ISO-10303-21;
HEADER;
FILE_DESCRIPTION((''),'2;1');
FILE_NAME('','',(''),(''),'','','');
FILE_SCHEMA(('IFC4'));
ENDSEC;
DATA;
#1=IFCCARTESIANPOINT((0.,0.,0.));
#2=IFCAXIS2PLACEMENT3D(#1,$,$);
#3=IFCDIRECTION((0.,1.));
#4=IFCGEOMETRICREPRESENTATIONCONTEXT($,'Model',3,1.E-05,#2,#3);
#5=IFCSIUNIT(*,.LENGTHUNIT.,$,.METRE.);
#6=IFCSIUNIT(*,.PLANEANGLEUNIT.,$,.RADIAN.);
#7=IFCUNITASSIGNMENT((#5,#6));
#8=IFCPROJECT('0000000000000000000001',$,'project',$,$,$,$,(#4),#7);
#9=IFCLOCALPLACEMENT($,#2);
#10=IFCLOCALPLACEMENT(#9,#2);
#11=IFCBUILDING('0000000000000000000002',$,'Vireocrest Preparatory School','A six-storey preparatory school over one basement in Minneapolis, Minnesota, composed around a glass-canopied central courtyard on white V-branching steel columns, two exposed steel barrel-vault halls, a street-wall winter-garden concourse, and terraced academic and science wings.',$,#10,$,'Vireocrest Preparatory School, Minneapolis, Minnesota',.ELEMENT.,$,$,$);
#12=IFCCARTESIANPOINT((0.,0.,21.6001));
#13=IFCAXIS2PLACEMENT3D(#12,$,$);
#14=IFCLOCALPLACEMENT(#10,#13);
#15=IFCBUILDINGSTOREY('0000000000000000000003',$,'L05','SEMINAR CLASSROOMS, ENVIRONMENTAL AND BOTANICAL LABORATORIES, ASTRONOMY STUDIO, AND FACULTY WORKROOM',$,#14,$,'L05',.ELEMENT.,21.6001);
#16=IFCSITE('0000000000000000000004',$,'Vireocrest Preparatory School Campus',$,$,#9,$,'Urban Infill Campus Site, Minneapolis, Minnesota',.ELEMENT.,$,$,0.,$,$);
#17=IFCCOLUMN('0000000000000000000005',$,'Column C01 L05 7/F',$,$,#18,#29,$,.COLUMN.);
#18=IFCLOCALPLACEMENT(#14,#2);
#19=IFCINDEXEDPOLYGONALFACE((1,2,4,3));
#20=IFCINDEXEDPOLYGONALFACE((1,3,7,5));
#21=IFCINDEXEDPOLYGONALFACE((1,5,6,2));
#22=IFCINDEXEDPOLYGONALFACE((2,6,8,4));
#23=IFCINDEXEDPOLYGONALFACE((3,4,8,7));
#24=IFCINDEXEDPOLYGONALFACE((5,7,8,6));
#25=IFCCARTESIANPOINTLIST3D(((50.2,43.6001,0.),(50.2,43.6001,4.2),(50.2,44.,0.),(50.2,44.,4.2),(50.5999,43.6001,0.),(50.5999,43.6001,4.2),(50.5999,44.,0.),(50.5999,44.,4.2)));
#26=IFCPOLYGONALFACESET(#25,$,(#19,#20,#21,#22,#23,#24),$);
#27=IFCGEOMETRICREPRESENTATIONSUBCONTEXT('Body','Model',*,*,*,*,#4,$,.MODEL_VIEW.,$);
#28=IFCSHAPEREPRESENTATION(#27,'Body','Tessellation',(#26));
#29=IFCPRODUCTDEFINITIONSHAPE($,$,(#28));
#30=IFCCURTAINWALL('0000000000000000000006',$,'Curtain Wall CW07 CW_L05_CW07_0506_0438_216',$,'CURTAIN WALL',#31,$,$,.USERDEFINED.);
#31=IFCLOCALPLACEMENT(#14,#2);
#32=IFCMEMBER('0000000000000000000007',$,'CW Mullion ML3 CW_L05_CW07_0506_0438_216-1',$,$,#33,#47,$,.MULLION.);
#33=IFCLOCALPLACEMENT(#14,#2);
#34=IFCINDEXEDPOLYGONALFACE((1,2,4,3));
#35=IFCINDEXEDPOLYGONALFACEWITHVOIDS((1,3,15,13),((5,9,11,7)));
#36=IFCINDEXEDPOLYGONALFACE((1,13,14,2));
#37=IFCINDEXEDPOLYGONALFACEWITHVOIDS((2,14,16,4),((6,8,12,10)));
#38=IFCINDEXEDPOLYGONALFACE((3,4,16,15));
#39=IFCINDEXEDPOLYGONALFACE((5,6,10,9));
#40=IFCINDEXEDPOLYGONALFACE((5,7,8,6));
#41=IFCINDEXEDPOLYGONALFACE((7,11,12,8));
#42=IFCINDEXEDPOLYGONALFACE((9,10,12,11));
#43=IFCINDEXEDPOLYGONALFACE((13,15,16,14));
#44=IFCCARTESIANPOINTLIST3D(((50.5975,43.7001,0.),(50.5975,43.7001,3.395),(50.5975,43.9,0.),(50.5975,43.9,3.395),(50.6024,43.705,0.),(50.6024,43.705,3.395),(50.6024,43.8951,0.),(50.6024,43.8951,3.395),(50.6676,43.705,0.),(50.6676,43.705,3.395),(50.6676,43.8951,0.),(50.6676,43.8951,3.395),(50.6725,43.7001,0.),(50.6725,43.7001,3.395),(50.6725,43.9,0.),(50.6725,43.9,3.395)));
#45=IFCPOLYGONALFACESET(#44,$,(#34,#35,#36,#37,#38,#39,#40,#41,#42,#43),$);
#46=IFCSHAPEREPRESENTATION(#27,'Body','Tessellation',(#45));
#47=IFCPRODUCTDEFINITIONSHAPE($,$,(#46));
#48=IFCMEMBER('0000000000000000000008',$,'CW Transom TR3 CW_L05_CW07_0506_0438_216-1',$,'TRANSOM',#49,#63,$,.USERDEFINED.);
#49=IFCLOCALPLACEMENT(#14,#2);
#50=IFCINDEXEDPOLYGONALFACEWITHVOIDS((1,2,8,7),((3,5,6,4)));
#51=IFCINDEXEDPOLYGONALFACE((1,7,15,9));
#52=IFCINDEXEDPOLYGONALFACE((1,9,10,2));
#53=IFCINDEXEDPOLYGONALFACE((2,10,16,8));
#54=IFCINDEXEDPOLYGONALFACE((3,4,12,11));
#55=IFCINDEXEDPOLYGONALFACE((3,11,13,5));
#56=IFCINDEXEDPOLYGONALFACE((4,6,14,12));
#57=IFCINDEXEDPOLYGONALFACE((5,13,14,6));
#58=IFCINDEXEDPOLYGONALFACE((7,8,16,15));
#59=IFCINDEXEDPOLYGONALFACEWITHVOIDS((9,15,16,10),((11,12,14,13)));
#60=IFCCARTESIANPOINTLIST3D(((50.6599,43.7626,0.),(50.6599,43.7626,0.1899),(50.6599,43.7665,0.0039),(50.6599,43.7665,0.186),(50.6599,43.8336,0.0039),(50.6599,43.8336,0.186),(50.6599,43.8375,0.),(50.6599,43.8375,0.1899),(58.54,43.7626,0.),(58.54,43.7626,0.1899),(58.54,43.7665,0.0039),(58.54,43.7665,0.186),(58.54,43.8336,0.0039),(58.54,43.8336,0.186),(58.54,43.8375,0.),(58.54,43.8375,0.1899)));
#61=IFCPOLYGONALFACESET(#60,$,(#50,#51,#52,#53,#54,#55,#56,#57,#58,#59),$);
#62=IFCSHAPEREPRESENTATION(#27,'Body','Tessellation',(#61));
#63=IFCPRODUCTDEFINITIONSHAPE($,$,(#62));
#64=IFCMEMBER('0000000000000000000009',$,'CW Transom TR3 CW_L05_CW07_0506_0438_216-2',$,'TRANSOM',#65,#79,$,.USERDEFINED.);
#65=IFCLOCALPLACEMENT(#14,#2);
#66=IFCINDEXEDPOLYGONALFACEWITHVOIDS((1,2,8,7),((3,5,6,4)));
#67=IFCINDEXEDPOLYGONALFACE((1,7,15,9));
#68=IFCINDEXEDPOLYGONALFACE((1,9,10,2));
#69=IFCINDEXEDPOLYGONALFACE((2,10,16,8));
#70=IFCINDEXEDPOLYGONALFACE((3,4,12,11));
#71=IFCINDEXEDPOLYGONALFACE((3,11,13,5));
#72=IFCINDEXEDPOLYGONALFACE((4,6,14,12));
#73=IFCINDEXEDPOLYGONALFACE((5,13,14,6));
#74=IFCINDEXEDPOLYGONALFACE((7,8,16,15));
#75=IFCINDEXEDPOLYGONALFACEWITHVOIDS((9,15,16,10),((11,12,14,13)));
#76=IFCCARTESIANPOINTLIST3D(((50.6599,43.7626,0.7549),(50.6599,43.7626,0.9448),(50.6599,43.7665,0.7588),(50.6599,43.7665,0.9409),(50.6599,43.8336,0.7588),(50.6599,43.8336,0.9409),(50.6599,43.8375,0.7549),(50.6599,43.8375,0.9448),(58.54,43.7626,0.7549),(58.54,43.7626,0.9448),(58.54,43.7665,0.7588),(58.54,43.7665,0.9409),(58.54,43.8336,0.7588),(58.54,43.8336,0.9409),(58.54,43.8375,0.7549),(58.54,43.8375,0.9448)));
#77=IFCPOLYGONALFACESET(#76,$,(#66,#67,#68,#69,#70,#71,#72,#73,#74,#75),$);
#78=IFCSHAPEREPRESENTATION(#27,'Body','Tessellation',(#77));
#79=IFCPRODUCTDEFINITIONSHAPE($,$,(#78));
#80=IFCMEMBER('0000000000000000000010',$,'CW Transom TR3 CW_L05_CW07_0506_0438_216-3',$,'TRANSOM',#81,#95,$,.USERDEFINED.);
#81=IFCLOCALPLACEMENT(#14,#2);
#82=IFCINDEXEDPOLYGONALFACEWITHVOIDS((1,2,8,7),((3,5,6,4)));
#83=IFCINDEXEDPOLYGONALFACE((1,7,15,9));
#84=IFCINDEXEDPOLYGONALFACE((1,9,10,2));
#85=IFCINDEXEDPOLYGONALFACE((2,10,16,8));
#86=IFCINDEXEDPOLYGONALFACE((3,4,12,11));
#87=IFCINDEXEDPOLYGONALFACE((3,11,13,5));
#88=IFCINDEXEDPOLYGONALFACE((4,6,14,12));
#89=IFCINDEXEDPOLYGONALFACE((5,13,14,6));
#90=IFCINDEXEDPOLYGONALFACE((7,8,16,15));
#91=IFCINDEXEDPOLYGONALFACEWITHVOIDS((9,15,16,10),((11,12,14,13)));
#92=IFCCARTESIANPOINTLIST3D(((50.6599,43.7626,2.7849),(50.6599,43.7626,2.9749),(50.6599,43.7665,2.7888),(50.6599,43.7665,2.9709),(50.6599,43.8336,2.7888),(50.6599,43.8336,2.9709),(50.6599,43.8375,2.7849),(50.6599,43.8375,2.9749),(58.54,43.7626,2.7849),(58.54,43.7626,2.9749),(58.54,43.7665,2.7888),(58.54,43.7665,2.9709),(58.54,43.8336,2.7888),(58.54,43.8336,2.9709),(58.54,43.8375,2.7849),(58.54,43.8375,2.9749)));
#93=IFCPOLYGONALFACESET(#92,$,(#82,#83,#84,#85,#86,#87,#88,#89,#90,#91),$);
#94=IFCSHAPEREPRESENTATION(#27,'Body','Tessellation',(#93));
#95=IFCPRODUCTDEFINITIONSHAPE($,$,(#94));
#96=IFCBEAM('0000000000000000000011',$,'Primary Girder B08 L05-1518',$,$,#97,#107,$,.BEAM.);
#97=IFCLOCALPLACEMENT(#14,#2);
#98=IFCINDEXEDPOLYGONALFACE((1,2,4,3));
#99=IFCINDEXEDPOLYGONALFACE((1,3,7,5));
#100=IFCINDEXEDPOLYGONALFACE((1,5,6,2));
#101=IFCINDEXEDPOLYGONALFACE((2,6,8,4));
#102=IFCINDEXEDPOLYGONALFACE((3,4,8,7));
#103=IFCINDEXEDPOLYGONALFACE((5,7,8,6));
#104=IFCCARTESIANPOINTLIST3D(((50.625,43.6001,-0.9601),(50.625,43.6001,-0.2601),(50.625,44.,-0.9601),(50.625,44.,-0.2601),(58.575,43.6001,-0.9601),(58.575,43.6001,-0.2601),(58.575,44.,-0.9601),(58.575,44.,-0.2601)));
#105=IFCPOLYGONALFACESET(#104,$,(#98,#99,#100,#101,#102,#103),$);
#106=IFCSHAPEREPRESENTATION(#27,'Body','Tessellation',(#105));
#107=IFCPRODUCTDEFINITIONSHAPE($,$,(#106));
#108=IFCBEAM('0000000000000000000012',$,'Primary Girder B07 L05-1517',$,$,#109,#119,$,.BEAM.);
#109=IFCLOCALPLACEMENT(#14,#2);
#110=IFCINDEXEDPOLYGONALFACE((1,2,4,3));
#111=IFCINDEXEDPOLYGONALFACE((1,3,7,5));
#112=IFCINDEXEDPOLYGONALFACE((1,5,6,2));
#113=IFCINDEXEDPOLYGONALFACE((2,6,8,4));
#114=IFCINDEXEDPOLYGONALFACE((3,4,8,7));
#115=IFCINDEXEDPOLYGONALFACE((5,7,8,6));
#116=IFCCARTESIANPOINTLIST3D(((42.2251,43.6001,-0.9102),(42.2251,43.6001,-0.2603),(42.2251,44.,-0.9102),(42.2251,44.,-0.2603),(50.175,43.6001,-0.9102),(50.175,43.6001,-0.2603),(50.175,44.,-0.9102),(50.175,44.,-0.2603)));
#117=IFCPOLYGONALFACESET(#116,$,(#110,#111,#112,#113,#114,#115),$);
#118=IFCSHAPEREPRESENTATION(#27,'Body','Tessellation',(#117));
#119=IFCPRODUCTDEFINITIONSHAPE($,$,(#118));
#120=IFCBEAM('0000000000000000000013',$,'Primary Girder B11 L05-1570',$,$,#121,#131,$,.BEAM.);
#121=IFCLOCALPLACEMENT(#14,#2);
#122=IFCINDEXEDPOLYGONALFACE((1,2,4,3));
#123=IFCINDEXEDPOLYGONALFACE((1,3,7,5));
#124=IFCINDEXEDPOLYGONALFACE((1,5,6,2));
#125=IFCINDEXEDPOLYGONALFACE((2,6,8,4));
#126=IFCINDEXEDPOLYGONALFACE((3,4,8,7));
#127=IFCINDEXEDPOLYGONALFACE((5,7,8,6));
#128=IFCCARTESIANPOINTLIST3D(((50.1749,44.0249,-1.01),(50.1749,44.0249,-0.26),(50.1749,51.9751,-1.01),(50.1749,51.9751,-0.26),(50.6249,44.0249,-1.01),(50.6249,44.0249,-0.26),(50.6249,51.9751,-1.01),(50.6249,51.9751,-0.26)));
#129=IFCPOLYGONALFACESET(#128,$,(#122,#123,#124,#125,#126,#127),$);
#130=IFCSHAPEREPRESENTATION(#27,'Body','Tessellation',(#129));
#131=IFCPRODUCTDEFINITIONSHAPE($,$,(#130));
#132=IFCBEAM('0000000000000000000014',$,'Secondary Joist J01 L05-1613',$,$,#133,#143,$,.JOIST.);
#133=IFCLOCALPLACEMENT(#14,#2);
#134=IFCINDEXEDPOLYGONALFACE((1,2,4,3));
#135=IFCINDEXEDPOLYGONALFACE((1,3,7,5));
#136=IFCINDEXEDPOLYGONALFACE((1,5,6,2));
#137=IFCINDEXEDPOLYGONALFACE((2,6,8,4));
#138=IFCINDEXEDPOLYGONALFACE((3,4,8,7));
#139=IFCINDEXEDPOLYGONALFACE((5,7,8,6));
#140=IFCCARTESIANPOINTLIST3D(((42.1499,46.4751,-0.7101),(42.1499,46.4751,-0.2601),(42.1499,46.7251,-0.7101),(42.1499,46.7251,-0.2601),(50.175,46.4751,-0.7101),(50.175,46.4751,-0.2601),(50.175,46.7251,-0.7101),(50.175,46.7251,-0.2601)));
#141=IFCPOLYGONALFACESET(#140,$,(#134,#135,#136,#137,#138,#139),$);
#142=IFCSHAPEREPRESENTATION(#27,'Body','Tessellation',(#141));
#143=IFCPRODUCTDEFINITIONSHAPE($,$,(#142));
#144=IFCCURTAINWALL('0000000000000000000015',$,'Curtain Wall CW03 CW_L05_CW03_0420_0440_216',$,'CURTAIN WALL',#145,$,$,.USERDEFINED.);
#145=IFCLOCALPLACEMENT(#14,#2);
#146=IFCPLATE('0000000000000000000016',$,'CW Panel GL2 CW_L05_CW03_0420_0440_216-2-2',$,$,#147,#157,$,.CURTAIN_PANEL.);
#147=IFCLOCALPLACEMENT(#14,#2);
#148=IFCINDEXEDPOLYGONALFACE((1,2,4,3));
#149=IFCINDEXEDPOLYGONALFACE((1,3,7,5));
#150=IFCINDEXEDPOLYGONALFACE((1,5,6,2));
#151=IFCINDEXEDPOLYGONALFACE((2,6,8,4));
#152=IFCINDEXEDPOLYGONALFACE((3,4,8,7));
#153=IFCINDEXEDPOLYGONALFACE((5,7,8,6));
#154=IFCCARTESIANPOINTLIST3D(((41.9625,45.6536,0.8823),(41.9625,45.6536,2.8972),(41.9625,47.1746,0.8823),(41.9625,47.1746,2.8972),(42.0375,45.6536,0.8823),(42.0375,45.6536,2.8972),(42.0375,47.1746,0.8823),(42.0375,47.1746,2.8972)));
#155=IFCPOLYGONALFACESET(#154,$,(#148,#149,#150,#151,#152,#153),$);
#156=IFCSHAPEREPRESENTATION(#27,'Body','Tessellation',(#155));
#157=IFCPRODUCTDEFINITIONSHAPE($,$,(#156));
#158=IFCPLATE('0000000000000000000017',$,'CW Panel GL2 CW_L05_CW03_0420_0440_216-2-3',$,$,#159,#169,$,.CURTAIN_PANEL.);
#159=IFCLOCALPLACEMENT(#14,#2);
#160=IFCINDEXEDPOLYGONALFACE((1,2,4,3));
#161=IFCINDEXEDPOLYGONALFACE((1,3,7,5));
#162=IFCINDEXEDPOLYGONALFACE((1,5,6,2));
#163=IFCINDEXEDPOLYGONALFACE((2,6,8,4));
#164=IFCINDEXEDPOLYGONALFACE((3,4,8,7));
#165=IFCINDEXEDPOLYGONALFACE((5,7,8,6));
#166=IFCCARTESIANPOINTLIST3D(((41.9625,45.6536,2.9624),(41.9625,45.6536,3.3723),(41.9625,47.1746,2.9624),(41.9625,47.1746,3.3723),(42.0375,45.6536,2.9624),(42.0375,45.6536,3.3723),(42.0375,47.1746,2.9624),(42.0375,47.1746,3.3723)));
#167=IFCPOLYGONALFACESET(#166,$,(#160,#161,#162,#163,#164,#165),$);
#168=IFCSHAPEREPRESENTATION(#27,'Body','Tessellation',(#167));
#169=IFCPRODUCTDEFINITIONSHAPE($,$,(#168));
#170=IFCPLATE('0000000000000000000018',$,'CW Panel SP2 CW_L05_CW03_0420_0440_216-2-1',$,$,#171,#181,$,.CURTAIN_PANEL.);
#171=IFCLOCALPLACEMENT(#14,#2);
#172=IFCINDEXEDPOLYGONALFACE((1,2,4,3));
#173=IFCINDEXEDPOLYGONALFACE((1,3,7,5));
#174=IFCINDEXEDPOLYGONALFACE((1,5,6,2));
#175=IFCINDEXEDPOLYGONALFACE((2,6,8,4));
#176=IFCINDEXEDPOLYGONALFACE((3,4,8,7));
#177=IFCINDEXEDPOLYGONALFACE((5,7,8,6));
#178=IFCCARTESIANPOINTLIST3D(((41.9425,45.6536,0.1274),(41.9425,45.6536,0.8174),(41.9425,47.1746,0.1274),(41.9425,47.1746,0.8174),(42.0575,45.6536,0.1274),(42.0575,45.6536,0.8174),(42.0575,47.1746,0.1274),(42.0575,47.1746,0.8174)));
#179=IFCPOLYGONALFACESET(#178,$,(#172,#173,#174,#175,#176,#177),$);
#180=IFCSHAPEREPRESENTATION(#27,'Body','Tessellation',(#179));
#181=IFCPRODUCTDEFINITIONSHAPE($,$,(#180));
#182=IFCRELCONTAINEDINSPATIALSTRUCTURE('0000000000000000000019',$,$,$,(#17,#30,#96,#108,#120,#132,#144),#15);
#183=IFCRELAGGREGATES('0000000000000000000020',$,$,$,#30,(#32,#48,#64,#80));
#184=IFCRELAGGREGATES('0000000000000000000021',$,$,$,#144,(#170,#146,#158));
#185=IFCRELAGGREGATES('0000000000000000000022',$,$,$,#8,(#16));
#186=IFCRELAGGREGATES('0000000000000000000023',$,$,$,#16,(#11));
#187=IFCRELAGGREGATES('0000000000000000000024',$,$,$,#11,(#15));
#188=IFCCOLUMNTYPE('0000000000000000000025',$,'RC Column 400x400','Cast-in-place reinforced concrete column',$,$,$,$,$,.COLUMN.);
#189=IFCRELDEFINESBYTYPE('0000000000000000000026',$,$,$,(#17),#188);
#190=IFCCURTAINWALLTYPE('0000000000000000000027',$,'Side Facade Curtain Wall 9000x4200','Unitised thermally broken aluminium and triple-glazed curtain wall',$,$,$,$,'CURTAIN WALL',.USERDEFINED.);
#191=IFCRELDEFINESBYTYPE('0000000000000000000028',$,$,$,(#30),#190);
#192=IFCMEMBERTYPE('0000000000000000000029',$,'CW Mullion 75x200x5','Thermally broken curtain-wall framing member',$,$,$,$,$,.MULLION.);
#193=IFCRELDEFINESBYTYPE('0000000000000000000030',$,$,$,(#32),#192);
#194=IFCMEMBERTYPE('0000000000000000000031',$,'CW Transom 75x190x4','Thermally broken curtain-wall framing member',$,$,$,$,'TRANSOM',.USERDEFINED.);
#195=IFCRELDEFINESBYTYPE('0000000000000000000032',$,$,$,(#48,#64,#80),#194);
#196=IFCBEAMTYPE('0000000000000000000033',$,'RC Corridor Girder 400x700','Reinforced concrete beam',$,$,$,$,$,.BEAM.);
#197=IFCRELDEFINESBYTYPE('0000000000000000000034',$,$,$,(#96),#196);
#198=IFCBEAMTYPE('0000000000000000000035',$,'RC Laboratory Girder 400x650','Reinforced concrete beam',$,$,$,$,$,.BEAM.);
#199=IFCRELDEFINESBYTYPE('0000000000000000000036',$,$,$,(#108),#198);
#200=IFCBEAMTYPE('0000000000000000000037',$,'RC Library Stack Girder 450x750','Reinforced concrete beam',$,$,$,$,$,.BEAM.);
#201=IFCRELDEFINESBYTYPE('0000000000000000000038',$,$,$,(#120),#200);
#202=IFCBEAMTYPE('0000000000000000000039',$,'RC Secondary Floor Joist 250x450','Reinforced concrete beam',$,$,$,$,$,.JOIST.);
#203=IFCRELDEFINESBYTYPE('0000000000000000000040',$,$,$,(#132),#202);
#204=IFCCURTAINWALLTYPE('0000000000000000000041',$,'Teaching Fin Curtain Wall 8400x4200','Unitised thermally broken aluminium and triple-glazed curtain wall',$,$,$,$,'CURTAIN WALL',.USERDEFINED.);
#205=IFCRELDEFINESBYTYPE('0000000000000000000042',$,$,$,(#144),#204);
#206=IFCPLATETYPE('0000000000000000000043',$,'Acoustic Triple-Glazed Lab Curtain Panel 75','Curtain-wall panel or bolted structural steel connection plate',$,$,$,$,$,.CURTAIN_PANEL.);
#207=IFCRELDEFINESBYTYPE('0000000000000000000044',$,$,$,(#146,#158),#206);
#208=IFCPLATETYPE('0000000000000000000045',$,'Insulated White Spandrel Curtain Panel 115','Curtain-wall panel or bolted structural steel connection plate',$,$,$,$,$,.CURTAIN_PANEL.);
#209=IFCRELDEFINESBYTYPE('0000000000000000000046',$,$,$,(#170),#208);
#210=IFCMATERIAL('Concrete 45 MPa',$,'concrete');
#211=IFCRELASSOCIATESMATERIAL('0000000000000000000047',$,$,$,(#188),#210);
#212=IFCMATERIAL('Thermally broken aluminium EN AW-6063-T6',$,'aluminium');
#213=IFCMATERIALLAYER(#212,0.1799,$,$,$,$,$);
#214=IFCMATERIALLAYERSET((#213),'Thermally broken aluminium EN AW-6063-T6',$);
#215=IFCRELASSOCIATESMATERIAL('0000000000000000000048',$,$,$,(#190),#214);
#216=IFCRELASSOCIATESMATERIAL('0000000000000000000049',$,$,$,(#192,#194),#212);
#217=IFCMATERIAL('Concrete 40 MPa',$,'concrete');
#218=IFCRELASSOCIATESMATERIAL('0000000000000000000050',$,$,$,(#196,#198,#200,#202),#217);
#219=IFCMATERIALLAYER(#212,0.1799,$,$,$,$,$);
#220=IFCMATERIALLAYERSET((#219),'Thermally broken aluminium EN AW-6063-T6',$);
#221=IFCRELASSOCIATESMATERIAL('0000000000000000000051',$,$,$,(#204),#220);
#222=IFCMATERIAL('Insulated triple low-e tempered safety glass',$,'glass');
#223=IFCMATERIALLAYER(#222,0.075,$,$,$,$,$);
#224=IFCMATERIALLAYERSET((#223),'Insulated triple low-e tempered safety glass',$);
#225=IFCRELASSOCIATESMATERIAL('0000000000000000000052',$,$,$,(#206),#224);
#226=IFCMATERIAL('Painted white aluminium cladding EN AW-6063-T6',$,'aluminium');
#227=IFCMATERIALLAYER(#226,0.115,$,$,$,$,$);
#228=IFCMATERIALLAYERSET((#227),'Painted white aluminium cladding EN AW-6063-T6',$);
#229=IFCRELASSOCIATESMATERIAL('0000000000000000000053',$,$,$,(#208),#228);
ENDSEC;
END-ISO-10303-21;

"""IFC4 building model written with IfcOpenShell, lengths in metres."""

from ifc_helpers import new_model, si_unit, direction, frame, origin, origin_2d, place, context, subcontext, project, spatial, rectangle, hollow_rectangle, extrude, material, layer, layer_set, material_profile, profile_set, type_object, element, aggregate, save


model = new_model("IFC4")

# Units and contexts
model_context = context("Model", 3, precision=1e-05, world=origin(), true_north=direction((0.0, 1.0)))
body_context = subcontext(model_context, "Body", "Model", "MODEL_VIEW")
ifc_project = project(units=[si_unit("LENGTHUNIT", "METRE"), si_unit("PLANEANGLEUNIT", "RADIAN")], contexts=[model_context])

# Site, building, storey
site_placement = place(None, origin())
site = spatial("IfcSite", under=ifc_project, at=site_placement, Name="Vireocrest Preparatory School Campus", LongName="Urban Infill Campus Site, Minneapolis, Minnesota", CompositionType="ELEMENT", RefElevation=0.0)
building_placement = place(site_placement, origin())
building = spatial("IfcBuilding", under=site, at=building_placement, Name="Vireocrest Preparatory School", Description="A six-storey preparatory school over one basement in Minneapolis, Minnesota, composed around a glass-canopied central courtyard on white V-branching steel columns, two exposed steel barrel-vault halls, a street-wall winter-garden concourse, and terraced academic and science wings.", LongName="Vireocrest Preparatory School, Minneapolis, Minnesota", CompositionType="ELEMENT")
storey_placement = place(building_placement, frame((0.0, 0.0, 21.6001)))
storey = spatial("IfcBuildingStorey", under=building, at=storey_placement, Name="L05", Description="SEMINAR CLASSROOMS, ENVIRONMENTAL AND BOTANICAL LABORATORIES, ASTRONOMY STUDIO, AND FACULTY WORKROOM", LongName="L05", CompositionType="ELEMENT", Elevation=21.6001)

# Column
ifc_material_1 = material(Name="Concrete 45 MPa", Category="concrete")
ifc_material_profile_1 = material_profile(ifc_material_1, rectangle(XDim=0.3999, YDim=0.3999, at=origin_2d()), Name="RC 400x400")
ifc_profile_set_1 = profile_set([ifc_material_profile_1], Name="Concrete 45 MPa")
column_type = type_object("IfcColumnType", Name="RC Column 400x400", Description="Cast-in-place reinforced concrete column", PredefinedType="COLUMN", material=ifc_profile_set_1)
column_placement = place(storey_placement, frame((50.3999, 43.8, 0.0), z_axis=(0.0, 0.0, 1.0), x_axis=(1.0, 0.0, 0.0)))
element("IfcColumn", 1, at=column_placement, inside=storey, type_object=column_type, Name="Column C01 L05 7/F", PredefinedType="COLUMN", context=body_context, shape_type="SweptSolid", body=[
    extrude(rectangle(XDim=0.3999, YDim=0.3999, at=origin_2d()), origin(), (0.0, 0.0, 1.0), 4.2),
])

# Curtain wall, members
ifc_material_2 = material(Name="Thermally broken aluminium EN AW-6063-T6", Category="aluminium")
ifc_layer_1 = layer(ifc_material_2, 0.1799)
ifc_layer_set_1 = layer_set([ifc_layer_1], Name="Thermally broken aluminium EN AW-6063-T6")
curtain_wall_type_1 = type_object("IfcCurtainWallType", Name="Side Facade Curtain Wall 9000x4200", Description="Unitised thermally broken aluminium and triple-glazed curtain wall", ElementType="CURTAIN WALL", PredefinedType="USERDEFINED", material=ifc_layer_set_1)
curtain_wall_1_placement = place(storey_placement, origin())
curtain_wall_1 = element("IfcCurtainWall", 2, at=curtain_wall_1_placement, inside=storey, type_object=curtain_wall_type_1, Name="Curtain Wall CW07 CW_L05_CW07_0506_0438_216", ObjectType="CURTAIN WALL", PredefinedType="USERDEFINED")
ifc_material_profile_2 = material_profile(ifc_material_2, hollow_rectangle(XDim=0.075, YDim=0.2, WallThickness=0.0049, at=origin_2d()), Name="ALU 75x200x5")
ifc_profile_set_2 = profile_set([ifc_material_profile_2], Name="Thermally broken aluminium EN AW-6063-T6")
member_type_1 = type_object("IfcMemberType", Name="CW Mullion 75x200x5", Description="Thermally broken curtain-wall framing member", PredefinedType="MULLION", material=ifc_profile_set_2)
member_1_placement = place(storey_placement, frame((50.635, 43.8, 0.0), z_axis=(0.0, 0.0, 1.0), x_axis=(1.0, 0.0, 0.0)))
member_1 = element("IfcMember", 3, at=member_1_placement, type_object=member_type_1, Name="CW Mullion ML3 CW_L05_CW07_0506_0438_216-1", PredefinedType="MULLION", context=body_context, shape_type="SweptSolid", body=[
    extrude(hollow_rectangle(XDim=0.075, YDim=0.2, WallThickness=0.0049, at=origin_2d()), origin(), (0.0, 0.0, 1.0), 3.395),
])
ifc_material_profile_3 = material_profile(ifc_material_2, hollow_rectangle(XDim=0.075, YDim=0.1899, WallThickness=0.0039, at=origin_2d()), Name="ALU 75x190x4")
ifc_profile_set_3 = profile_set([ifc_material_profile_3], Name="Thermally broken aluminium EN AW-6063-T6")
member_type_2 = type_object("IfcMemberType", Name="CW Transom 75x190x4", Description="Thermally broken curtain-wall framing member", ElementType="TRANSOM", PredefinedType="USERDEFINED", material=ifc_profile_set_3)
member_2_placement = place(storey_placement, frame((50.6599, 43.8, 0.095), z_axis=(1.0, 0.0, 0.0), x_axis=(0.0, 1.0, 0.0)))
member_2 = element("IfcMember", 4, at=member_2_placement, type_object=member_type_2, Name="CW Transom TR3 CW_L05_CW07_0506_0438_216-1", ObjectType="TRANSOM", PredefinedType="USERDEFINED", context=body_context, shape_type="SweptSolid", body=[
    extrude(hollow_rectangle(XDim=0.075, YDim=0.1899, WallThickness=0.0039, at=origin_2d()), origin(), (0.0, 0.0, 1.0), 7.8801),
])
member_3_placement = place(storey_placement, frame((50.6599, 43.8, 0.8499), z_axis=(1.0, 0.0, 0.0), x_axis=(0.0, 1.0, 0.0)))
member_3 = element("IfcMember", 5, at=member_3_placement, type_object=member_type_2, Name="CW Transom TR3 CW_L05_CW07_0506_0438_216-2", ObjectType="TRANSOM", PredefinedType="USERDEFINED", context=body_context, shape_type="SweptSolid", body=[
    extrude(hollow_rectangle(XDim=0.075, YDim=0.1899, WallThickness=0.0039, at=origin_2d()), origin(), (0.0, 0.0, 1.0), 7.8801),
])
member_4_placement = place(storey_placement, frame((50.6599, 43.8, 2.8799), z_axis=(1.0, 0.0, 0.0), x_axis=(0.0, 1.0, 0.0)))
member_4 = element("IfcMember", 6, at=member_4_placement, type_object=member_type_2, Name="CW Transom TR3 CW_L05_CW07_0506_0438_216-3", ObjectType="TRANSOM", PredefinedType="USERDEFINED", context=body_context, shape_type="SweptSolid", body=[
    extrude(hollow_rectangle(XDim=0.075, YDim=0.1899, WallThickness=0.0039, at=origin_2d()), origin(), (0.0, 0.0, 1.0), 7.8801),
])
aggregate(curtain_wall_1, [member_1, member_2, member_3, member_4])

# Beams
ifc_material_3 = material(Name="Concrete 40 MPa", Category="concrete")
ifc_material_profile_4 = material_profile(ifc_material_3, rectangle(XDim=0.3999, YDim=0.7, at=origin_2d()), Name="RC 400x700")
ifc_profile_set_4 = profile_set([ifc_material_profile_4], Name="Concrete 40 MPa")
beam_type_1 = type_object("IfcBeamType", Name="RC Corridor Girder 400x700", Description="Reinforced concrete beam", PredefinedType="BEAM", material=ifc_profile_set_4)
beam_1_placement = place(storey_placement, frame((50.625, 43.8, -0.6101), z_axis=(1.0, 0.0, 0.0), x_axis=(0.0, 1.0, 0.0)))
element("IfcBeam", 7, at=beam_1_placement, inside=storey, type_object=beam_type_1, Name="Primary Girder B08 L05-1518", PredefinedType="BEAM", context=body_context, shape_type="SweptSolid", body=[
    extrude(rectangle(XDim=0.3999, YDim=0.7, at=origin_2d()), origin(), (0.0, 0.0, 1.0), 7.95),
])
ifc_material_profile_5 = material_profile(ifc_material_3, rectangle(XDim=0.3999, YDim=0.6499, at=origin_2d()), Name="RC 400x650")
ifc_profile_set_5 = profile_set([ifc_material_profile_5], Name="Concrete 40 MPa")
beam_type_2 = type_object("IfcBeamType", Name="RC Laboratory Girder 400x650", Description="Reinforced concrete beam", PredefinedType="BEAM", material=ifc_profile_set_5)
beam_2_placement = place(storey_placement, frame((42.2251, 43.8, -0.5852), z_axis=(1.0, 0.0, 0.0), x_axis=(0.0, 1.0, 0.0)))
element("IfcBeam", 8, at=beam_2_placement, inside=storey, type_object=beam_type_2, Name="Primary Girder B07 L05-1517", PredefinedType="BEAM", context=body_context, shape_type="SweptSolid", body=[
    extrude(rectangle(XDim=0.3999, YDim=0.6499, at=origin_2d()), origin(), (0.0, 0.0, 1.0), 7.95),
])
ifc_material_profile_6 = material_profile(ifc_material_3, rectangle(XDim=0.45, YDim=0.75, at=origin_2d()), Name="RC 450x750")
ifc_profile_set_6 = profile_set([ifc_material_profile_6], Name="Concrete 40 MPa")
beam_type_3 = type_object("IfcBeamType", Name="RC Library Stack Girder 450x750", Description="Reinforced concrete beam", PredefinedType="BEAM", material=ifc_profile_set_6)
beam_3_placement = place(storey_placement, frame((50.3999, 44.0249, -0.635), z_axis=(0.0, 1.0, 0.0), x_axis=(-1.0, 0.0, 0.0)))
element("IfcBeam", 9, at=beam_3_placement, inside=storey, type_object=beam_type_3, Name="Primary Girder B11 L05-1570", PredefinedType="BEAM", context=body_context, shape_type="SweptSolid", body=[
    extrude(rectangle(XDim=0.45, YDim=0.75, at=origin_2d()), origin(), (0.0, 0.0, 1.0), 7.9502),
])
ifc_material_profile_7 = material_profile(ifc_material_3, rectangle(XDim=0.25, YDim=0.45, at=origin_2d()), Name="RC 250x450")
ifc_profile_set_7 = profile_set([ifc_material_profile_7], Name="Concrete 40 MPa")
beam_type_4 = type_object("IfcBeamType", Name="RC Secondary Floor Joist 250x450", Description="Reinforced concrete beam", PredefinedType="JOIST", material=ifc_profile_set_7)
beam_4_placement = place(storey_placement, frame((42.1499, 46.6001, -0.4851), z_axis=(1.0, 0.0, 0.0), x_axis=(0.0, 1.0, 0.0)))
element("IfcBeam", 10, at=beam_4_placement, inside=storey, type_object=beam_type_4, Name="Secondary Joist J01 L05-1613", PredefinedType="JOIST", context=body_context, shape_type="SweptSolid", body=[
    extrude(rectangle(XDim=0.25, YDim=0.45, at=origin_2d()), origin(), (0.0, 0.0, 1.0), 8.0251),
])

# Curtain wall, plates
ifc_layer_2 = layer(ifc_material_2, 0.1799)
ifc_layer_set_2 = layer_set([ifc_layer_2], Name="Thermally broken aluminium EN AW-6063-T6")
curtain_wall_type_2 = type_object("IfcCurtainWallType", Name="Teaching Fin Curtain Wall 8400x4200", Description="Unitised thermally broken aluminium and triple-glazed curtain wall", ElementType="CURTAIN WALL", PredefinedType="USERDEFINED", material=ifc_layer_set_2)
curtain_wall_2_placement = place(storey_placement, origin())
curtain_wall_2 = element("IfcCurtainWall", 11, at=curtain_wall_2_placement, inside=storey, type_object=curtain_wall_type_2, Name="Curtain Wall CW03 CW_L05_CW03_0420_0440_216", ObjectType="CURTAIN WALL", PredefinedType="USERDEFINED")
ifc_material_4 = material(Name="Insulated triple low-e tempered safety glass", Category="glass")
ifc_layer_3 = layer(ifc_material_4, 0.075)
ifc_layer_set_3 = layer_set([ifc_layer_3], Name="Insulated triple low-e tempered safety glass")
plate_type_1 = type_object("IfcPlateType", Name="Acoustic Triple-Glazed Lab Curtain Panel 75", Description="Curtain-wall panel or bolted structural steel connection plate", PredefinedType="CURTAIN_PANEL", material=ifc_layer_set_3)
plate_1_placement = place(storey_placement, frame((42.0, 46.4141, 0.8823), z_axis=(0.0, 0.0, 1.0), x_axis=(0.0, 1.0, 0.0)))
plate_1 = element("IfcPlate", 12, at=plate_1_placement, type_object=plate_type_1, Name="CW Panel GL2 CW_L05_CW03_0420_0440_216-2-2", PredefinedType="CURTAIN_PANEL", context=body_context, shape_type="SweptSolid", body=[
    extrude(rectangle(XDim=1.521, YDim=0.075, at=origin_2d()), origin(), (0.0, 0.0, 1.0), 2.0149),
])
plate_2_placement = place(storey_placement, frame((42.0, 46.4141, 2.9624), z_axis=(0.0, 0.0, 1.0), x_axis=(0.0, 1.0, 0.0)))
plate_2 = element("IfcPlate", 13, at=plate_2_placement, type_object=plate_type_1, Name="CW Panel GL2 CW_L05_CW03_0420_0440_216-2-3", PredefinedType="CURTAIN_PANEL", context=body_context, shape_type="SweptSolid", body=[
    extrude(rectangle(XDim=1.521, YDim=0.075, at=origin_2d()), origin(), (0.0, 0.0, 1.0), 0.4099),
])
ifc_material_5 = material(Name="Painted white aluminium cladding EN AW-6063-T6", Category="aluminium")
ifc_layer_4 = layer(ifc_material_5, 0.115)
ifc_layer_set_4 = layer_set([ifc_layer_4], Name="Painted white aluminium cladding EN AW-6063-T6")
plate_type_2 = type_object("IfcPlateType", Name="Insulated White Spandrel Curtain Panel 115", Description="Curtain-wall panel or bolted structural steel connection plate", PredefinedType="CURTAIN_PANEL", material=ifc_layer_set_4)
plate_3_placement = place(storey_placement, frame((42.0, 46.4141, 0.1274), z_axis=(0.0, 0.0, 1.0), x_axis=(0.0, 1.0, 0.0)))
plate_3 = element("IfcPlate", 14, at=plate_3_placement, type_object=plate_type_2, Name="CW Panel SP2 CW_L05_CW03_0420_0440_216-2-1", PredefinedType="CURTAIN_PANEL", context=body_context, shape_type="SweptSolid", body=[
    extrude(rectangle(XDim=1.521, YDim=0.115, at=origin_2d()), origin(), (0.0, 0.0, 1.0), 0.6899),
])
aggregate(curtain_wall_2, [plate_3, plate_1, plate_2])

save(model, "model.ifc")
